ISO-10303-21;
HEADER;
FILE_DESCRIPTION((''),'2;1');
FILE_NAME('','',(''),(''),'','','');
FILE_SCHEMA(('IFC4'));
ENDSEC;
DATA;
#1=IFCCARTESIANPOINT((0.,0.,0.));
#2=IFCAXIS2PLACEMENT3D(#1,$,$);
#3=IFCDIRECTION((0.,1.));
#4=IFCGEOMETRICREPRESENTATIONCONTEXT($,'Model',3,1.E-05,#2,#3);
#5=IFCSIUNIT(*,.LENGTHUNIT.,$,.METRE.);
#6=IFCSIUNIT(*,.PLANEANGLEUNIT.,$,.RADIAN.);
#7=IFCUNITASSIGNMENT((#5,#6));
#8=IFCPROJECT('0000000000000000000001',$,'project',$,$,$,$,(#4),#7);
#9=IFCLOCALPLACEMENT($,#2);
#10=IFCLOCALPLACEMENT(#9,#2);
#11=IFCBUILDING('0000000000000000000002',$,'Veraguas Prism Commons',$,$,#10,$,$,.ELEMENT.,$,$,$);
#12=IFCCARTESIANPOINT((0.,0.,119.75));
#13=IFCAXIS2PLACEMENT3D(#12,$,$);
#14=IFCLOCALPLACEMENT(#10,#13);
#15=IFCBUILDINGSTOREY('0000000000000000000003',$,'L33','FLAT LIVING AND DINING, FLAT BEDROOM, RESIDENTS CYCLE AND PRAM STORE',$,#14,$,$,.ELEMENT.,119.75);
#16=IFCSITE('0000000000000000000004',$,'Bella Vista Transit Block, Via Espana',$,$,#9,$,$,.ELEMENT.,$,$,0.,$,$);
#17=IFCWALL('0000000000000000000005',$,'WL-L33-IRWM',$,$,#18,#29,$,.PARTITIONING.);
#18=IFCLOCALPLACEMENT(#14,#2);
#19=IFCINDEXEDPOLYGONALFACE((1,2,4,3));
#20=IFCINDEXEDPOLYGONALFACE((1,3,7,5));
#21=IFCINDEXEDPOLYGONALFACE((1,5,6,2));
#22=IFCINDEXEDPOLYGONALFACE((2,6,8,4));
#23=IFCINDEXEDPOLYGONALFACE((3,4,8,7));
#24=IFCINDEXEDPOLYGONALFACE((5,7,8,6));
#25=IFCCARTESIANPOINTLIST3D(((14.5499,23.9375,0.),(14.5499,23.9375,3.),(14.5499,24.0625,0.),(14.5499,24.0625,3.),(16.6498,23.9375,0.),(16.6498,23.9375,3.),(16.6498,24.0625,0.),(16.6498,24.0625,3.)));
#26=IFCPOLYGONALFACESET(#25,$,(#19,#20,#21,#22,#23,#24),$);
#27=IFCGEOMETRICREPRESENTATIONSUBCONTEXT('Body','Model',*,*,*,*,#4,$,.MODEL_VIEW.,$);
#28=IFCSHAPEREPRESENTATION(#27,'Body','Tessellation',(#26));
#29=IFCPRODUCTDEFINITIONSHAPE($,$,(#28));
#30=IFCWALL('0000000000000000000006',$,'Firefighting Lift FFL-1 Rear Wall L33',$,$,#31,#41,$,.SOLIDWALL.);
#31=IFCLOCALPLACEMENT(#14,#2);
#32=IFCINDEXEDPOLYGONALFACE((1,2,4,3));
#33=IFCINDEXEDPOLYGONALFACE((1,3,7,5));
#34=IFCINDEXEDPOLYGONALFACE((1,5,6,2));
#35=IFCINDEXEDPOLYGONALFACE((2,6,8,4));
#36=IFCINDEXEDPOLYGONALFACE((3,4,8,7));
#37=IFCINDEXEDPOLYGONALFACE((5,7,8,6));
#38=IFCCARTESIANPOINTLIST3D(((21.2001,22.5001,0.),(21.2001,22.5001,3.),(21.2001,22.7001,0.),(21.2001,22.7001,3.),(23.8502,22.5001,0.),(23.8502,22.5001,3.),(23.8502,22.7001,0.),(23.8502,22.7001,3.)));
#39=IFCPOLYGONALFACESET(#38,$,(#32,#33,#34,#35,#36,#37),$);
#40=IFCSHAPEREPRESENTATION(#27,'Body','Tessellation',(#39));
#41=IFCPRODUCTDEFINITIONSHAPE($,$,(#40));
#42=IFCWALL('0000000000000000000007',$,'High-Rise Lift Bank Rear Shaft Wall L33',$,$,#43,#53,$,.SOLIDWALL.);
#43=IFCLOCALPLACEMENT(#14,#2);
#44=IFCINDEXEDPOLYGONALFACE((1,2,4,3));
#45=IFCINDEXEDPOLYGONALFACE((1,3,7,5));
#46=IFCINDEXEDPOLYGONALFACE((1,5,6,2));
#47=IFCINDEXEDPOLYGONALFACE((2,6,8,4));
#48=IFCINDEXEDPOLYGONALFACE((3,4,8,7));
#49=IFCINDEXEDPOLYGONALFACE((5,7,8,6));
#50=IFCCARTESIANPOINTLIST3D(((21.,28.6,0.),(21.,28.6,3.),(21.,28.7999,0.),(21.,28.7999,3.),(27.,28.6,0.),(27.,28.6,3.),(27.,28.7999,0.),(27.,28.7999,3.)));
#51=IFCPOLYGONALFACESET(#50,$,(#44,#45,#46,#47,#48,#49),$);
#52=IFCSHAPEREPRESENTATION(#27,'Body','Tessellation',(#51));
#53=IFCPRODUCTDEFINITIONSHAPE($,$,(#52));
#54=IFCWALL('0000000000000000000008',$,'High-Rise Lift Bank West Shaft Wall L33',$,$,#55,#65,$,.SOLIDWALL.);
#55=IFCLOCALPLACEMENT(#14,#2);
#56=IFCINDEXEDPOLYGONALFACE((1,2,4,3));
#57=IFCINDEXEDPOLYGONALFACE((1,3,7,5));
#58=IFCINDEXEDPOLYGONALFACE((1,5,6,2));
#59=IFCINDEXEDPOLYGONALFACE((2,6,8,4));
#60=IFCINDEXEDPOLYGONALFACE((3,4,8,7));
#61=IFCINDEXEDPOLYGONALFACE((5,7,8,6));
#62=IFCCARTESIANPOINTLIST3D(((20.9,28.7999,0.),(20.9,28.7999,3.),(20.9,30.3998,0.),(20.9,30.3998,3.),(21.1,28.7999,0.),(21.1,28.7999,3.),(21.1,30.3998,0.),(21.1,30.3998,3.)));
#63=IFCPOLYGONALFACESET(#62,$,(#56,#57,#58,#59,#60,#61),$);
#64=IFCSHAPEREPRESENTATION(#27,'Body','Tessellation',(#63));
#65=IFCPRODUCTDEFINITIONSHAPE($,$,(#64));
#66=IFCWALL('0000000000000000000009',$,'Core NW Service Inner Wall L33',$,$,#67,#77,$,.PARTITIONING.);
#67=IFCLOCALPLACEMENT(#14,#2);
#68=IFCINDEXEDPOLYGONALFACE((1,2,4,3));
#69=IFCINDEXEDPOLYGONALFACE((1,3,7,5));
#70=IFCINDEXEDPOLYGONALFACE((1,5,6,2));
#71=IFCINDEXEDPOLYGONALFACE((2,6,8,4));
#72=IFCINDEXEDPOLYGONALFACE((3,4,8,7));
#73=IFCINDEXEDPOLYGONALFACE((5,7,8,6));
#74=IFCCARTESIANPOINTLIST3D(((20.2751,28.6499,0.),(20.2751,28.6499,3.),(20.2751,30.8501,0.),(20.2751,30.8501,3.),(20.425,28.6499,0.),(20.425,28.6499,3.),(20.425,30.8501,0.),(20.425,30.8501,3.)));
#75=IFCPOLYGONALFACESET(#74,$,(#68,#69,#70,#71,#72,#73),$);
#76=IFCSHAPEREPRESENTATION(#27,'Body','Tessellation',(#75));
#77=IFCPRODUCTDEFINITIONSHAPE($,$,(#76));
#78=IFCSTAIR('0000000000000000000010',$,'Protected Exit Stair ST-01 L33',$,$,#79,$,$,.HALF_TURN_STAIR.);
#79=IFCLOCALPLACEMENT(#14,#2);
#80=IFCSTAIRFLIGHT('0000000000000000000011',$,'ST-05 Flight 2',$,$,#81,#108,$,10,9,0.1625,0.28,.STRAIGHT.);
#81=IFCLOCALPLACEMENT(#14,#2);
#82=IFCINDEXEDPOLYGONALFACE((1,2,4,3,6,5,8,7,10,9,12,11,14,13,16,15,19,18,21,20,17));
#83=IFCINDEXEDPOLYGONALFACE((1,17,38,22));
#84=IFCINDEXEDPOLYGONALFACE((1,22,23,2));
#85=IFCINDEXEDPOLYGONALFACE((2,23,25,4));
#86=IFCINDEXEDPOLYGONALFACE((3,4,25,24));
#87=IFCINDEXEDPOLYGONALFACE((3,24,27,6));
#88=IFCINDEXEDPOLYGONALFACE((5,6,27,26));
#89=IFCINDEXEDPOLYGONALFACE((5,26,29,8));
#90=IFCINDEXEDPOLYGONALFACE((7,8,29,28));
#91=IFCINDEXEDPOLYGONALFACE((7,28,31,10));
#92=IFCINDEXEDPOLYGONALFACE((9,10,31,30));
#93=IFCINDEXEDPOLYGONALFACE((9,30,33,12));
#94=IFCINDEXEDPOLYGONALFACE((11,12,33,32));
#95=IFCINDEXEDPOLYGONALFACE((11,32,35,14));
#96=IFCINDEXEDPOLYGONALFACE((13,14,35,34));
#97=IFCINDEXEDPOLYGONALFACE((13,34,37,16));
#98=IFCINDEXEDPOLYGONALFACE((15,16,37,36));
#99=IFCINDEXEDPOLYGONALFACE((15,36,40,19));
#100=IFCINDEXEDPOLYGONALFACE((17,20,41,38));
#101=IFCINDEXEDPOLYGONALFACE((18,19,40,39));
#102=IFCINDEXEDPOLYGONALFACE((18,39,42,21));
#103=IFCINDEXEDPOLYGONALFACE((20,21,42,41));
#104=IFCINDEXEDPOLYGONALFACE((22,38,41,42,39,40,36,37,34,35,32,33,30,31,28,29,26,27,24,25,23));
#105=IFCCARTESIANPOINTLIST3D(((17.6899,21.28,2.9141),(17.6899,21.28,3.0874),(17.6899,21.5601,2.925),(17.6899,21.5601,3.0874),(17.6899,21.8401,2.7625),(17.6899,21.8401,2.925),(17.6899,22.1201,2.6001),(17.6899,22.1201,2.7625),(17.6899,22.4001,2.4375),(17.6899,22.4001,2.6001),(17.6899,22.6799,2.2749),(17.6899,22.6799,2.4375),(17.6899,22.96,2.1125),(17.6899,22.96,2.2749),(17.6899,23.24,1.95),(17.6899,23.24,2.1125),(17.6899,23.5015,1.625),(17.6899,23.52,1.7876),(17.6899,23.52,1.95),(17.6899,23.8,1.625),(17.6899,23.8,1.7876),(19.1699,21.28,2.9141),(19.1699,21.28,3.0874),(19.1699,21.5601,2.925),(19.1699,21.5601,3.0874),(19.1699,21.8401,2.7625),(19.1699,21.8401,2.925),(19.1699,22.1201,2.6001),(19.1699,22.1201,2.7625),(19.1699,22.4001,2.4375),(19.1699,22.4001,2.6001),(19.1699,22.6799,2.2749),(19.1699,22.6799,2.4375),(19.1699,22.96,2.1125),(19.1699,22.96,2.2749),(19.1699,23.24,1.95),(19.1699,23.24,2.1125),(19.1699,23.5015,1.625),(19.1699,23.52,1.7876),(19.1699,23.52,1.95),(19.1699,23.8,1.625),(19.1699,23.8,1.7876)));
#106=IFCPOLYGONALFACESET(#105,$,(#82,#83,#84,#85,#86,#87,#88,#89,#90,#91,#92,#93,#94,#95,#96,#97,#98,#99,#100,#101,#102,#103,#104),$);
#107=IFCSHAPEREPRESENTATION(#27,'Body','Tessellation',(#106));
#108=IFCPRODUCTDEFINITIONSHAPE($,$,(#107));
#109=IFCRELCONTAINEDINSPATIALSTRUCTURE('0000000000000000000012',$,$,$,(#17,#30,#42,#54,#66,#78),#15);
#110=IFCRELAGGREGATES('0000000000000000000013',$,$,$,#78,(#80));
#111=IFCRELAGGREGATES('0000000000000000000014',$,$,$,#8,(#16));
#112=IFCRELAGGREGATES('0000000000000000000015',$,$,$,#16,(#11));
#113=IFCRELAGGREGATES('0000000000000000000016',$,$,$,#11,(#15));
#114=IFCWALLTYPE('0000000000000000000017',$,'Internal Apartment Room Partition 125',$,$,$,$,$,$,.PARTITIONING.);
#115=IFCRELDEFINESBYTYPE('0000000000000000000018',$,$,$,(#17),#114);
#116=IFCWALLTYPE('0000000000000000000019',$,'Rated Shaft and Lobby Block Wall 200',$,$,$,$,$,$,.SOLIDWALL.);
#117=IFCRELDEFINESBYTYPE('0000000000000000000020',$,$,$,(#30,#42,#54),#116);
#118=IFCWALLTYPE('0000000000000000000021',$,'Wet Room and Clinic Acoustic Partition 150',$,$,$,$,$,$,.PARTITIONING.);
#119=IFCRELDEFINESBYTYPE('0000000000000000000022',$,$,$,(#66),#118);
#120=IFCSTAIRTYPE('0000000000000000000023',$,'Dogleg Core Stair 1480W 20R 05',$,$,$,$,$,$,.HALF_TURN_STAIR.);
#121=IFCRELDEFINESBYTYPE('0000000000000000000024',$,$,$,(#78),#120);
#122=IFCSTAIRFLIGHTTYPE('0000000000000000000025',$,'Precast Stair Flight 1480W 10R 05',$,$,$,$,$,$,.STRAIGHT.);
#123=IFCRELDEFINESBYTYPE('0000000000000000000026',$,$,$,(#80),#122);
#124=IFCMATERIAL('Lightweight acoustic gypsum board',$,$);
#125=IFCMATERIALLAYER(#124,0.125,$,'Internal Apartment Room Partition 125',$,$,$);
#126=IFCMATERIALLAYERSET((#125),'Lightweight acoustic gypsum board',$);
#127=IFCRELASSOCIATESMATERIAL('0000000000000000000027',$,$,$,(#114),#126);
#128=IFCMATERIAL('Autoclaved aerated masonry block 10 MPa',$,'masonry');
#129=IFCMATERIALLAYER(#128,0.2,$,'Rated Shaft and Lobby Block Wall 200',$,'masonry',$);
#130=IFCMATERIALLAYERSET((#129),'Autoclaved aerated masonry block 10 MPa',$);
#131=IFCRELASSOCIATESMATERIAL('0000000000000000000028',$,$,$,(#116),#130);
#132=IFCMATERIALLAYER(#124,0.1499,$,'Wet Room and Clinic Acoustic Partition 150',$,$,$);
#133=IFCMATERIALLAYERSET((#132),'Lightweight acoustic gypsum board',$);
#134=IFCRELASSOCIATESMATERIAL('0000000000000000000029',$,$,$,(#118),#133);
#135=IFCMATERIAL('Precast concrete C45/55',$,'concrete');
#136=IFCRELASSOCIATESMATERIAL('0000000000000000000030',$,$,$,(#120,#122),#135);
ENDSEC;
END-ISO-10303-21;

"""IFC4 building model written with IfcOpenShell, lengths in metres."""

from ifc_helpers import new_model, si_unit, direction, frame, frame_2d, origin, place, context, subcontext, project, spatial, polyline, rectangle, outline, extrude, material, layer, layer_set, type_object, element, aggregate, save


model = new_model("IFC4")

# Units and contexts
model_context = context("Model", 3, precision=1e-05, world=origin(), true_north=direction((0.0, 1.0)))
body_context = subcontext(model_context, "Body", "Model", "MODEL_VIEW")
ifc_project = project(units=[si_unit("LENGTHUNIT", "METRE"), si_unit("PLANEANGLEUNIT", "RADIAN")], contexts=[model_context])

# Site, building, storey
site_placement = place(None, origin())
site = spatial("IfcSite", under=ifc_project, at=site_placement, Name="Bella Vista Transit Block, Via Espana", CompositionType="ELEMENT", RefElevation=0.0)
building_placement = place(site_placement, origin())
building = spatial("IfcBuilding", under=site, at=building_placement, Name="Veraguas Prism Commons", CompositionType="ELEMENT")
storey_placement = place(building_placement, frame((0.0, 0.0, 119.75)))
storey = spatial("IfcBuildingStorey", under=building, at=storey_placement, Name="L33", Description="FLAT LIVING AND DINING, FLAT BEDROOM, RESIDENTS CYCLE AND PRAM STORE", CompositionType="ELEMENT", Elevation=119.75)

# Shared definitions
ifc_material_1 = material(Name="Autoclaved aerated masonry block 10 MPa", Category="masonry")

# Walls
ifc_material_2 = material(Name="Lightweight acoustic gypsum board")
ifc_layer_1 = layer(ifc_material_2, 0.125, Name="Internal Apartment Room Partition 125")
ifc_layer_set_1 = layer_set([ifc_layer_1], Name="Lightweight acoustic gypsum board")
wall_type_1 = type_object("IfcWallType", Name="Internal Apartment Room Partition 125", PredefinedType="PARTITIONING", material=ifc_layer_set_1)
wall_1_placement = place(storey_placement, frame((14.55, 24.0, 0.0), z_axis=(0.0, 0.0, 1.0), x_axis=(1.0, 0.0, 0.0)))
element("IfcWall", 1, at=wall_1_placement, inside=storey, type_object=wall_type_1, Name="WL-L33-IRWM", PredefinedType="PARTITIONING", context=body_context, shape_type="SweptSolid", body=[
    extrude(rectangle(XDim=2.0999, YDim=0.125, at=frame_2d((1.0498, 0.0))), origin(), (0.0, 0.0, 1.0), 3.0),
])
ifc_layer_2 = layer(ifc_material_1, 0.2, Name="Rated Shaft and Lobby Block Wall 200", Category="masonry")
ifc_layer_set_2 = layer_set([ifc_layer_2], Name="Autoclaved aerated masonry block 10 MPa")
wall_type_2 = type_object("IfcWallType", Name="Rated Shaft and Lobby Block Wall 200", PredefinedType="SOLIDWALL", material=ifc_layer_set_2)
wall_2_placement = place(storey_placement, frame((21.2, 22.6001, 0.0), z_axis=(0.0, 0.0, 1.0), x_axis=(1.0, 0.0, 0.0)))
element("IfcWall", 2, at=wall_2_placement, inside=storey, type_object=wall_type_2, Name="Firefighting Lift FFL-1 Rear Wall L33", PredefinedType="SOLIDWALL", context=body_context, shape_type="SweptSolid", body=[
    extrude(rectangle(XDim=2.6501, YDim=0.2, at=frame_2d((1.3252, 0.0))), origin(), (0.0, 0.0, 1.0), 3.0),
])
wall_3_placement = place(storey_placement, frame((21.0, 28.7, 0.0), z_axis=(0.0, 0.0, 1.0), x_axis=(1.0, 0.0, 0.0)))
element("IfcWall", 3, at=wall_3_placement, inside=storey, type_object=wall_type_2, Name="High-Rise Lift Bank Rear Shaft Wall L33", PredefinedType="SOLIDWALL", context=body_context, shape_type="SweptSolid", body=[
    extrude(rectangle(XDim=6.0, YDim=0.2, at=frame_2d((3.0, 0.0))), origin(), (0.0, 0.0, 1.0), 3.0),
])
wall_4_placement = place(storey_placement, frame((21.0, 28.8, 0.0), z_axis=(0.0, 0.0, 1.0), x_axis=(0.0, 1.0, 0.0)))
element("IfcWall", 4, at=wall_4_placement, inside=storey, type_object=wall_type_2, Name="High-Rise Lift Bank West Shaft Wall L33", PredefinedType="SOLIDWALL", context=body_context, shape_type="SweptSolid", body=[
    extrude(rectangle(XDim=1.5999, YDim=0.2, at=frame_2d((0.7998, 0.0))), origin(), (0.0, 0.0, 1.0), 3.0),
])
ifc_layer_3 = layer(ifc_material_2, 0.1499, Name="Wet Room and Clinic Acoustic Partition 150")
ifc_layer_set_3 = layer_set([ifc_layer_3], Name="Lightweight acoustic gypsum board")
wall_type_3 = type_object("IfcWallType", Name="Wet Room and Clinic Acoustic Partition 150", PredefinedType="PARTITIONING", material=ifc_layer_set_3)
wall_5_placement = place(storey_placement, frame((20.3501, 28.6499, 0.0), z_axis=(0.0, 0.0, 1.0), x_axis=(0.0, 1.0, 0.0)))
element("IfcWall", 5, at=wall_5_placement, inside=storey, type_object=wall_type_3, Name="Core NW Service Inner Wall L33", PredefinedType="PARTITIONING", context=body_context, shape_type="SweptSolid", body=[
    extrude(rectangle(XDim=2.2002, YDim=0.1499, at=frame_2d((1.1001, 0.0))), origin(), (0.0, 0.0, 1.0), 3.0),
])

# Stair, stair flight
ifc_material_3 = material(Name="Precast concrete C45/55", Category="concrete")
stair_type = type_object("IfcStairType", Name="Dogleg Core Stair 1480W 20R 05", PredefinedType="HALF_TURN_STAIR", material=ifc_material_3)
stair_placement = place(storey_placement, origin())
stair = element("IfcStair", 6, at=stair_placement, inside=storey, type_object=stair_type, Name="Protected Exit Stair ST-01 L33", PredefinedType="HALF_TURN_STAIR")
stair_flight_type = type_object("IfcStairFlightType", Name="Precast Stair Flight 1480W 10R 05", PredefinedType="STRAIGHT", material=ifc_material_3)
stair_flight_placement = place(storey_placement, frame((18.4299, 23.8, 1.625), z_axis=(0.0, 0.0, 1.0), x_axis=(0.0, -1.0, 0.0)))
stair_flight = element("IfcStairFlight", 7, at=stair_flight_placement, type_object=stair_flight_type, Name="ST-05 Flight 2", NumberOfRisers=10, NumberOfTreads=9, PredefinedType="STRAIGHT", RiserHeight=0.1625, TreadLength=0.28, context=body_context, shape_type="SweptSolid", body=[
    extrude(outline(polyline([(0.0, 0.0), (0.0, 0.1626), (0.28, 0.1626), (0.28, 0.325), (0.5601, 0.325), (0.5601, 0.4875), (0.8401, 0.4875), (0.8401, 0.6499), (1.1201, 0.6499), (1.1201, 0.8125), (1.3999, 0.8125), (1.3999, 0.9751), (1.6799, 0.9751), (1.6799, 1.1375), (1.96, 1.1375), (1.96, 1.3), (2.24, 1.3), (2.24, 1.4624), (2.52, 1.4624), (2.52, 1.625), (2.52, 1.2891), (0.2986, 0.0), (0.0, 0.0)])), frame((0.0, 0.74, 0.0), z_axis=(0.0, -1.0, 0.0), x_axis=(1.0, 0.0, 0.0)), (0.0, 0.0, 1.0), 1.48),
])
aggregate(stair, [stair_flight])

save(model, "model.ifc")
